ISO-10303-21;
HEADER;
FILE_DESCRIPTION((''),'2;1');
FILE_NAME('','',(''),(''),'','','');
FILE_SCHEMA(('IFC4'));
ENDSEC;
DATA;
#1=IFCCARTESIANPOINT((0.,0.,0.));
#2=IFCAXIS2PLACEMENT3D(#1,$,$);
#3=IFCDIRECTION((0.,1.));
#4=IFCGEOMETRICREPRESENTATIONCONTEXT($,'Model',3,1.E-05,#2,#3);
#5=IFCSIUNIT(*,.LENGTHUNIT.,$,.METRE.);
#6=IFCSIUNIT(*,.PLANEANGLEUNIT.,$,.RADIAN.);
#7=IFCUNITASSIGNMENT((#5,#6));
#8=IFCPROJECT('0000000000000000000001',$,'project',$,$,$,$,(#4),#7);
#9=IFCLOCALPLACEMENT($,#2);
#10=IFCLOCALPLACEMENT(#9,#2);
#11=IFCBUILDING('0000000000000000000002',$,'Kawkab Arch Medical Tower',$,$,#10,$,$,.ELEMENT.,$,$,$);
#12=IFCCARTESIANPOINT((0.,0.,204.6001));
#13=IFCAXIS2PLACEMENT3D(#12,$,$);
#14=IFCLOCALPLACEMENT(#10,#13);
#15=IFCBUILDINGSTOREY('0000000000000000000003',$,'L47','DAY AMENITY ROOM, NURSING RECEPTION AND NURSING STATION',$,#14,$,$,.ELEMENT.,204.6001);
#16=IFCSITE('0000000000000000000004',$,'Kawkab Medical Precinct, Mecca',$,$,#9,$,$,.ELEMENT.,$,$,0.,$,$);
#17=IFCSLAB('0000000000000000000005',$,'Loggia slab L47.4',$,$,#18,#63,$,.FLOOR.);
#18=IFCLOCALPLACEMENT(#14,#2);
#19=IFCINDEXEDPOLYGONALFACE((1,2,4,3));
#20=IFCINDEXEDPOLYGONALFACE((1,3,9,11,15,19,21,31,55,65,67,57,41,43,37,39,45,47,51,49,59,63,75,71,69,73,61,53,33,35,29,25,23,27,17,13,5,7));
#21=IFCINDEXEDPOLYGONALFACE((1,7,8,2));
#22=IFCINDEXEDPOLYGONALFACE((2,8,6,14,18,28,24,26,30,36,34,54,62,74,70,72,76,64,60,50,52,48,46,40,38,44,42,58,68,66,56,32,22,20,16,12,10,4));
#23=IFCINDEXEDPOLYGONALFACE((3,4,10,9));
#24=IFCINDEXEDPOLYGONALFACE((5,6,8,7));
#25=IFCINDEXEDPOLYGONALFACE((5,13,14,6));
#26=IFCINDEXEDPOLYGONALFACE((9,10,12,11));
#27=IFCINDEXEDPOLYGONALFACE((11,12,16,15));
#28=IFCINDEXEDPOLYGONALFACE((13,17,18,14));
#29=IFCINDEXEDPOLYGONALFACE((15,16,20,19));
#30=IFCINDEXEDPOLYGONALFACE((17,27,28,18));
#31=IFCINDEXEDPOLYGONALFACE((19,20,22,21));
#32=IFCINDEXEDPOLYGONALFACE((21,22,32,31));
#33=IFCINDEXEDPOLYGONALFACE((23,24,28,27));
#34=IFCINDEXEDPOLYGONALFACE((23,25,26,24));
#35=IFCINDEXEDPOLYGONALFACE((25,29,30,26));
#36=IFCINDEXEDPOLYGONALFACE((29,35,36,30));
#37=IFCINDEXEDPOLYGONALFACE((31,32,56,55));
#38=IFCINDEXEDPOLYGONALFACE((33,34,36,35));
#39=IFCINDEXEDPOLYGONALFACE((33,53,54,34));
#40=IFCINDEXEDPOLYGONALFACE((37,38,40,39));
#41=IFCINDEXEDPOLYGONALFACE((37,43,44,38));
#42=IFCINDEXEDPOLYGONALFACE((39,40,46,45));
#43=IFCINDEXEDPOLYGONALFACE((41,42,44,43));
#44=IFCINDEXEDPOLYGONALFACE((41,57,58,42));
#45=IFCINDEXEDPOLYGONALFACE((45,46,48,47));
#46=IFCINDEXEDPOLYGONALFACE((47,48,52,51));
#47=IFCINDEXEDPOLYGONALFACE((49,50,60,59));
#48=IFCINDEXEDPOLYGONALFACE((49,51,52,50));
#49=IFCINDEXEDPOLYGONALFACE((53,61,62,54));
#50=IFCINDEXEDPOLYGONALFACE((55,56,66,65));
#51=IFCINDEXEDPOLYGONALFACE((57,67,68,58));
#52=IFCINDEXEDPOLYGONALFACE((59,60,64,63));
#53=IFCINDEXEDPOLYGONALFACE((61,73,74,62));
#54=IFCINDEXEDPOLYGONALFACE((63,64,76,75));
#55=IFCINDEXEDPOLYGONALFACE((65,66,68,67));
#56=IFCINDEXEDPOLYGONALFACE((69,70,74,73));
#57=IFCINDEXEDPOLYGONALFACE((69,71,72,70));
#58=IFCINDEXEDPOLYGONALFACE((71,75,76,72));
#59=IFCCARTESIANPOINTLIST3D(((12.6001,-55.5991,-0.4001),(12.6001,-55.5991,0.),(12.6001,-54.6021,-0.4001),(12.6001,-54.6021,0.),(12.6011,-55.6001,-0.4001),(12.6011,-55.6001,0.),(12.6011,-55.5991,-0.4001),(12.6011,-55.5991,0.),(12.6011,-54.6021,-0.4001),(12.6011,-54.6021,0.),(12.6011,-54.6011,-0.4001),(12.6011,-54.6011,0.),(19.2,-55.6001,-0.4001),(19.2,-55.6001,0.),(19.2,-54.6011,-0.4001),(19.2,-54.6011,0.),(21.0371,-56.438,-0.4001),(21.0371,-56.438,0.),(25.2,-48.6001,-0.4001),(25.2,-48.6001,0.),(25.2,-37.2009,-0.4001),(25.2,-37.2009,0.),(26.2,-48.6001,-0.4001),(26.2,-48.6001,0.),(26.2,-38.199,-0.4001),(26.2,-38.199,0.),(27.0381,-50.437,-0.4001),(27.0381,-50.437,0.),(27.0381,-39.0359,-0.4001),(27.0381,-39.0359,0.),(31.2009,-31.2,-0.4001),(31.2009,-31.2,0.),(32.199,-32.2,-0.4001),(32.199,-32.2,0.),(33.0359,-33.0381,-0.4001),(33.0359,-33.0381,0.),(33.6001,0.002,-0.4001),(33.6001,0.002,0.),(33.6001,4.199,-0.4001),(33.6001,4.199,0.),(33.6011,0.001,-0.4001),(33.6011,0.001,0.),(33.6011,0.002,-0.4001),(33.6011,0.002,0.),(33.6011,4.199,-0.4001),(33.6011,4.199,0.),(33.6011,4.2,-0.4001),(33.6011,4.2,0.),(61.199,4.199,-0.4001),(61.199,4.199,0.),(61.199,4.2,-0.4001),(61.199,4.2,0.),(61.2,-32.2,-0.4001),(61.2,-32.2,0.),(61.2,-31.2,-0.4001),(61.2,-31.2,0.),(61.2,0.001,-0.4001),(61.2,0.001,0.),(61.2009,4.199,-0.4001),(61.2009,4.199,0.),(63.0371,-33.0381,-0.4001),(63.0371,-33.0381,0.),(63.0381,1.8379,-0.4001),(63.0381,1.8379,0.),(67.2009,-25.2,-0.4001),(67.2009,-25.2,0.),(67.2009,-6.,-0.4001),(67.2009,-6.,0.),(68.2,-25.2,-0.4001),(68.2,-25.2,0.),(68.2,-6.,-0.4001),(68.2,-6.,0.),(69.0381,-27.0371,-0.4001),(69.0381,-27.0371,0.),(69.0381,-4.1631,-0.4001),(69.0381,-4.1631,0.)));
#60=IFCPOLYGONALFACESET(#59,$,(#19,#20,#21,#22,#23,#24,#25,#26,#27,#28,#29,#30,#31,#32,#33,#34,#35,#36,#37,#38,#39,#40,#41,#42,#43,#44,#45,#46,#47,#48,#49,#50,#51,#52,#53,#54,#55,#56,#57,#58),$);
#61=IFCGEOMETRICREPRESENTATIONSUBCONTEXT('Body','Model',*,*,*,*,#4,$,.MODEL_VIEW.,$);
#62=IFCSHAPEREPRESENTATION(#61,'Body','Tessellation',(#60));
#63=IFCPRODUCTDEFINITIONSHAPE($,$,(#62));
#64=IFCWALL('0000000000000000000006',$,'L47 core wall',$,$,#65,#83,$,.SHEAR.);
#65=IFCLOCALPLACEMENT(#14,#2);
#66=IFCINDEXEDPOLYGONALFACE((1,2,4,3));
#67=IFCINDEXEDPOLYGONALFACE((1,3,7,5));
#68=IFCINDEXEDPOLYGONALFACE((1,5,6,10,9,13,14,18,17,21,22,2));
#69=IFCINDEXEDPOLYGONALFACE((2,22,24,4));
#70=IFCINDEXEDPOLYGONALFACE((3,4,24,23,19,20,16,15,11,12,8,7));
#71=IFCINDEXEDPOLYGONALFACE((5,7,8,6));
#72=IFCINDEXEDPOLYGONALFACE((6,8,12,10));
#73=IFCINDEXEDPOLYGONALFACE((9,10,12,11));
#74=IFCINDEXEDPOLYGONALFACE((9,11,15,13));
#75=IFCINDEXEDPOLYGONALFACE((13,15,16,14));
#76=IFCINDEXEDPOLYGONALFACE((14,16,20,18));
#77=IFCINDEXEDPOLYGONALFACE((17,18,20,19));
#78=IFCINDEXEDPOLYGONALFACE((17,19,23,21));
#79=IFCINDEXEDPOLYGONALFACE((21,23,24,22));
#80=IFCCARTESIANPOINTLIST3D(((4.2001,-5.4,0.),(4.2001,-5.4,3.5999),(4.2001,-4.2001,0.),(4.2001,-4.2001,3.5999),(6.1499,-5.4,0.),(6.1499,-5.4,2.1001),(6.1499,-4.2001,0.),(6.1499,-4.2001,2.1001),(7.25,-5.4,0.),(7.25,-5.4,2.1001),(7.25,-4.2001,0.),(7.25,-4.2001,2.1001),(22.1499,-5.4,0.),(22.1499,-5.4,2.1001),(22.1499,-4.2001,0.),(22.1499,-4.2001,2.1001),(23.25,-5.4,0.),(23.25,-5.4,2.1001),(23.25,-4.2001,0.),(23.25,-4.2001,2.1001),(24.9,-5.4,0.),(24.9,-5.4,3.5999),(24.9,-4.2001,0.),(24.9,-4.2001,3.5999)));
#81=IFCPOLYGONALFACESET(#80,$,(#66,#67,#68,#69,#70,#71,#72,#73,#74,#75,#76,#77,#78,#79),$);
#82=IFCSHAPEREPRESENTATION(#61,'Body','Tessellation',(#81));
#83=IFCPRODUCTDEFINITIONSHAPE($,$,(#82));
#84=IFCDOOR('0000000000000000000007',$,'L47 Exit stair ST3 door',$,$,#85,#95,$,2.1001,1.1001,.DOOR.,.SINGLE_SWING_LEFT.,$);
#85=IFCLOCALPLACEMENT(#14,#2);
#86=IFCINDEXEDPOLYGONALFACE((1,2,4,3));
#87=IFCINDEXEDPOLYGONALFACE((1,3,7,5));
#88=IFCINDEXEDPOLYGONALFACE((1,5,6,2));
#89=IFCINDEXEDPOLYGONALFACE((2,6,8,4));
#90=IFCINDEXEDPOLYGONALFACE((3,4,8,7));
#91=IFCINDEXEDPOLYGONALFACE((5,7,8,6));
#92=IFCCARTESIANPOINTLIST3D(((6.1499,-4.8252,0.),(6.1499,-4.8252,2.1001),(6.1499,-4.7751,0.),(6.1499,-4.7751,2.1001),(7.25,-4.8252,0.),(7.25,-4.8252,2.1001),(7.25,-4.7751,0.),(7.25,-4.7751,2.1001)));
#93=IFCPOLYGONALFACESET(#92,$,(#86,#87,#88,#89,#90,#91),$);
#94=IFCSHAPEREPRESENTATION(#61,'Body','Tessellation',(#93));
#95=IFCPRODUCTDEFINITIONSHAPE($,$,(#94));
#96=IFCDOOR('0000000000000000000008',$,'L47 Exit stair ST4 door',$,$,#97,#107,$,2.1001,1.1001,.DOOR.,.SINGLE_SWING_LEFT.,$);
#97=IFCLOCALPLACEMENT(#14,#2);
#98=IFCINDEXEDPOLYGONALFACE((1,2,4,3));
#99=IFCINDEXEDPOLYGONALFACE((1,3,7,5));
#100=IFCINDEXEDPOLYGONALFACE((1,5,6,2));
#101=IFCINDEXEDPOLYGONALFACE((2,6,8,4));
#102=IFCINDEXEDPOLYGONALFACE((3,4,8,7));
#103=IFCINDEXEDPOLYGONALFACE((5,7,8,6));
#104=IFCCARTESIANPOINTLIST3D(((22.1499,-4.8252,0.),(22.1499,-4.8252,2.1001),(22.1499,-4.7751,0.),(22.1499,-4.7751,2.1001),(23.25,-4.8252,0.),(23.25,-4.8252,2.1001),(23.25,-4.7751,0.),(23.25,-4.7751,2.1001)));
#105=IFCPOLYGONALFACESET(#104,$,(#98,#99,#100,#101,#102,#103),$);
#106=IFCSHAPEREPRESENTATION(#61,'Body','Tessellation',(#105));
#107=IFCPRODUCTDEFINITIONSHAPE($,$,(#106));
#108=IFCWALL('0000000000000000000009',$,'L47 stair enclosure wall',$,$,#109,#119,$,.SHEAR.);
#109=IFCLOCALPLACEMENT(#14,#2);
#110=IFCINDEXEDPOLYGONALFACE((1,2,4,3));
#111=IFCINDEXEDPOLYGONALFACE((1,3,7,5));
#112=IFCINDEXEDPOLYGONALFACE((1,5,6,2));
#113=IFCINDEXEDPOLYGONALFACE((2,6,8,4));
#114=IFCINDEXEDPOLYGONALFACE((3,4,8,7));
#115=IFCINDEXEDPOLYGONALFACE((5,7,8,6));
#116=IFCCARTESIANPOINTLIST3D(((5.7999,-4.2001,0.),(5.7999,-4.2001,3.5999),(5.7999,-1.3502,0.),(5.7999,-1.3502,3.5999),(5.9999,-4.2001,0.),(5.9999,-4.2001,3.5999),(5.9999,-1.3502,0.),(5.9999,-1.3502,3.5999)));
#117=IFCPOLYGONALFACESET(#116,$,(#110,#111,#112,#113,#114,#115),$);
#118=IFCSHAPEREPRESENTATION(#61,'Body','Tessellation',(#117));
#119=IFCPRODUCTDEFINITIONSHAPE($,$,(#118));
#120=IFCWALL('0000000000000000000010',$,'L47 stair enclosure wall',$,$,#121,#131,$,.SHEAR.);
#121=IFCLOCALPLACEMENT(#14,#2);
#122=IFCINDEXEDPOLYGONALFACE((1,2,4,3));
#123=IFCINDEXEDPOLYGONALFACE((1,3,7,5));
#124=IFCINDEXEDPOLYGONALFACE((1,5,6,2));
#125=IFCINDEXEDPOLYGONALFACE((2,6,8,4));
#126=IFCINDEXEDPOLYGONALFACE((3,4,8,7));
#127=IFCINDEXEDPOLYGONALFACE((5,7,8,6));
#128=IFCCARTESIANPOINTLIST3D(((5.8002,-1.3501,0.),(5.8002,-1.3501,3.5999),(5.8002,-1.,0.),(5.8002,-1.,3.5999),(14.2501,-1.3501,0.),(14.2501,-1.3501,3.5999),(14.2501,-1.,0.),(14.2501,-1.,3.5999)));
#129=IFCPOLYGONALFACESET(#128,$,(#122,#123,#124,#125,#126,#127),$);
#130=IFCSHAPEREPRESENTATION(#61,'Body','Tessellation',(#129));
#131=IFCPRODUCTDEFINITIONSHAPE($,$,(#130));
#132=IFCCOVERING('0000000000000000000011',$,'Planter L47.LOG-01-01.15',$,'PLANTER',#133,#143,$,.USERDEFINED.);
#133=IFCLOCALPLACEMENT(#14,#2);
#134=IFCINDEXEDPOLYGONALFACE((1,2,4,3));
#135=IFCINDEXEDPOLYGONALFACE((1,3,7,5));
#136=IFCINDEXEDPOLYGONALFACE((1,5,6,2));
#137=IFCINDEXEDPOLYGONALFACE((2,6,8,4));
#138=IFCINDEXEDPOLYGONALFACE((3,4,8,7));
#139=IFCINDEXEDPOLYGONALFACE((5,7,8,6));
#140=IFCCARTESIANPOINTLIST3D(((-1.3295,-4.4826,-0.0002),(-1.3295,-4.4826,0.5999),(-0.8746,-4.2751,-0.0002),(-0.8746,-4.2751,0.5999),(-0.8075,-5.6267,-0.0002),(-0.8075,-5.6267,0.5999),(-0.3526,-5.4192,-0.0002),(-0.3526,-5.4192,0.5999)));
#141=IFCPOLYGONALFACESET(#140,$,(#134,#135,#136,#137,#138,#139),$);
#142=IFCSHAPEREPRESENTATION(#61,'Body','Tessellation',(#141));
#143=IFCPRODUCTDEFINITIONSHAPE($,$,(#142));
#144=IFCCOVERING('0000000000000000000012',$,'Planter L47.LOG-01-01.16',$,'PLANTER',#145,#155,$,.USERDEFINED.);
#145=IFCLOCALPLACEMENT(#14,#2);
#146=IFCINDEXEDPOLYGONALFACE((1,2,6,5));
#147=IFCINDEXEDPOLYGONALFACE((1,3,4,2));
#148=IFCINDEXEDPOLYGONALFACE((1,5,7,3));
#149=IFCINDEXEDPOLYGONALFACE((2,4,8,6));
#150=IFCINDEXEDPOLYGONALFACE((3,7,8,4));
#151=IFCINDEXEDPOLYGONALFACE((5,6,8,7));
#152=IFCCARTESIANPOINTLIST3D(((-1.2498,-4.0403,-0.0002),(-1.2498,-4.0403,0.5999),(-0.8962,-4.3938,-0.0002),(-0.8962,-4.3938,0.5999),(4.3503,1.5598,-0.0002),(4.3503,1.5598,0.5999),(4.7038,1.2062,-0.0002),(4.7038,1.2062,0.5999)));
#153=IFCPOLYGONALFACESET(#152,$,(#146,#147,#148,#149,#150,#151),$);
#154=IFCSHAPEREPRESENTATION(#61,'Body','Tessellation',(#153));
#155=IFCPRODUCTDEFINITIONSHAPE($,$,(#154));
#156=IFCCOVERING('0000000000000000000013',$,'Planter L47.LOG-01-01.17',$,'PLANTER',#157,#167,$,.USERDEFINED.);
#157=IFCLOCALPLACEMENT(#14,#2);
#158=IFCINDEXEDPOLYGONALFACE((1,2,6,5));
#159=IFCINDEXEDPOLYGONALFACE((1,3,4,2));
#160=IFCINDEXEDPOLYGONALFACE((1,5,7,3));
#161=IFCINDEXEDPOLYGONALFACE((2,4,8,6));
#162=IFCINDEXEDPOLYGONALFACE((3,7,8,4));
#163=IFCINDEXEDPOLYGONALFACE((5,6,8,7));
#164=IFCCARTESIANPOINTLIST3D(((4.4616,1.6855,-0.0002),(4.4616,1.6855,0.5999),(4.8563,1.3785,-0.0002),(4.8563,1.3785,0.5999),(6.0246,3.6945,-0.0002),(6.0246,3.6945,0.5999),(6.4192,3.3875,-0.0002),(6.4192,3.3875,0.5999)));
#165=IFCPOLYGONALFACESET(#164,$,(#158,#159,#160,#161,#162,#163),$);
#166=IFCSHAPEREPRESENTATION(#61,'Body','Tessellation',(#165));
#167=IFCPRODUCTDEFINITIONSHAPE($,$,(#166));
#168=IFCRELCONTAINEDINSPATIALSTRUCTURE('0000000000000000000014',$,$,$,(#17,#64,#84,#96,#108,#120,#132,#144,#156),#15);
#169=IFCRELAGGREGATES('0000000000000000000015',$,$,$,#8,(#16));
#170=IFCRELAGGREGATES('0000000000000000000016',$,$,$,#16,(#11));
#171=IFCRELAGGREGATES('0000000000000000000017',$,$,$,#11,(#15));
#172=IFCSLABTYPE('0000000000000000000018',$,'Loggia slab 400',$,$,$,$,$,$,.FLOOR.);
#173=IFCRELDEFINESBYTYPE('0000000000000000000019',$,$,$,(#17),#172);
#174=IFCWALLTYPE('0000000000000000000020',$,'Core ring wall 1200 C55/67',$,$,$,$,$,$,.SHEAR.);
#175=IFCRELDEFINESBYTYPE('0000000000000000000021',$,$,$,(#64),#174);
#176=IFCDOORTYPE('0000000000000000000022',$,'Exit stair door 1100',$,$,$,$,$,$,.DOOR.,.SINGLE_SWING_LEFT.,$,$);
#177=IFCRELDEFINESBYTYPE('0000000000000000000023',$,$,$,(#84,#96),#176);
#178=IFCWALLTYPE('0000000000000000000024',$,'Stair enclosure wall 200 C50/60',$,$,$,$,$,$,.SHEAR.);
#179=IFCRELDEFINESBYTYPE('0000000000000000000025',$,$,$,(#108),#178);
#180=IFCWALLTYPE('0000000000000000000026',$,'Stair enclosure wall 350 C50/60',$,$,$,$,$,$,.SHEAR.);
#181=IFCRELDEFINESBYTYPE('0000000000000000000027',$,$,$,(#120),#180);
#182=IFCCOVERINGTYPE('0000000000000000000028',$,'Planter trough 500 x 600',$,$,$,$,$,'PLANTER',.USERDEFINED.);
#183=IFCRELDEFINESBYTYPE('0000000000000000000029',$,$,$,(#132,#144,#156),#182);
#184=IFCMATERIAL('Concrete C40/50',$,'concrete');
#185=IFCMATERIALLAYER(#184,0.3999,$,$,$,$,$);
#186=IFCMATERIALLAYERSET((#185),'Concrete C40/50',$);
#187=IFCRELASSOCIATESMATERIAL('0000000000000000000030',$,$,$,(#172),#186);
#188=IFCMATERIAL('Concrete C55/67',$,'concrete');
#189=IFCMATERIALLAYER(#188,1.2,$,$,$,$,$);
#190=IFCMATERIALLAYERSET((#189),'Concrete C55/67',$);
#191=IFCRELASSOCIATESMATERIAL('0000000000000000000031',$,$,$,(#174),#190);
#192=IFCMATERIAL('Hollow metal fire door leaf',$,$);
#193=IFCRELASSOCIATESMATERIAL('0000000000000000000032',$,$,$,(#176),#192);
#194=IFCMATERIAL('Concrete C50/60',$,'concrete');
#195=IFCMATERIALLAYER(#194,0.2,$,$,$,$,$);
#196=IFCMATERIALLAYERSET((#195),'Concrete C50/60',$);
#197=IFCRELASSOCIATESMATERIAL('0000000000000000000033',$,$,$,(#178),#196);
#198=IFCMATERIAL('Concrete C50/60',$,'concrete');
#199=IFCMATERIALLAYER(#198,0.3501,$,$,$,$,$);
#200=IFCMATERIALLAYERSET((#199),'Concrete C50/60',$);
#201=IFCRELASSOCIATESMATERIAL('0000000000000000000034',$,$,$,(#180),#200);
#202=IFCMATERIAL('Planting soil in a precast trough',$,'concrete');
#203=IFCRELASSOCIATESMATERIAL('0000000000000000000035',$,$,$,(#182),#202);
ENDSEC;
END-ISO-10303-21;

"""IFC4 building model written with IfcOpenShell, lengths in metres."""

from ifc_helpers import new_model, si_unit, direction, frame, frame_2d, origin, origin_2d, place, context, subcontext, project, spatial, polyline, rectangle, outline, extrude, material, layer, layer_set, material_profile, profile_set, type_object, element, fill, save


model = new_model("IFC4")

# Units and contexts
model_context = context("Model", 3, precision=1e-05, world=origin(), true_north=direction((0.0, 1.0)))
body_context = subcontext(model_context, "Body", "Model", "MODEL_VIEW")
ifc_project = project(units=[si_unit("LENGTHUNIT", "METRE"), si_unit("PLANEANGLEUNIT", "RADIAN")], contexts=[model_context])

# Site, building, storey
site_placement = place(None, origin())
site = spatial("IfcSite", under=ifc_project, at=site_placement, Name="Kawkab Medical Precinct, Mecca", CompositionType="ELEMENT", RefElevation=0.0)
building_placement = place(site_placement, origin())
building = spatial("IfcBuilding", under=site, at=building_placement, Name="Kawkab Arch Medical Tower", CompositionType="ELEMENT")
storey_placement = place(building_placement, frame((0.0, 0.0, 204.6001)))
storey = spatial("IfcBuildingStorey", under=building, at=storey_placement, Name="L47", Description="DAY AMENITY ROOM, NURSING RECEPTION AND NURSING STATION", CompositionType="ELEMENT", Elevation=204.6001)

# Slab
ifc_material_1 = material(Name="Concrete C40/50", Category="concrete")
ifc_layer_1 = layer(ifc_material_1, 0.3999)
ifc_layer_set_1 = layer_set([ifc_layer_1], Name="Concrete C40/50")
slab_type_1 = type_object("IfcSlabType", Name="Loggia slab 400", PredefinedType="FLOOR", material=ifc_layer_set_1)
placement_1 = place(storey_placement, frame((0.0, 0.0, -0.4001)))
element("IfcSlab", 1, at=placement_1, inside=storey, type_object=slab_type_1, Name="Loggia slab L47.4", PredefinedType="FLOOR", context=body_context, shape_type="SweptSolid", body=[
    extrude(outline(polyline([(12.6011, -55.6001), (12.6011, -55.5991), (12.6001, -55.5991), (12.6001, -54.6021), (12.6011, -54.6021), (12.6011, -54.6011), (19.2, -54.6011), (25.2, -48.6001), (25.2, -37.2009), (31.2009, -31.2), (61.2, -31.2), (67.2009, -25.2), (67.2009, -6.0), (61.2, 0.001), (33.6011, 0.001), (33.6011, 0.002), (33.6001, 0.002), (33.6001, 4.199), (33.6011, 4.199), (33.6011, 4.2), (61.199, 4.2), (61.199, 4.199), (61.2009, 4.199), (63.0381, 1.8379), (69.0381, -4.1631), (68.2, -6.0), (68.2, -25.2), (69.0381, -27.0371), (63.0371, -33.0381), (61.2, -32.2), (32.199, -32.2), (33.0359, -33.0381), (27.0381, -39.0359), (26.2, -38.199), (26.2, -48.6001), (27.0381, -50.437), (21.0371, -56.438), (19.2, -55.6001), (12.6011, -55.6001)])), origin(), (0.0, 0.0, 1.0), 0.4001),
])

# Wall, openings, doors
ifc_material_2 = material(Name="Concrete C55/67", Category="concrete")
ifc_layer_2 = layer(ifc_material_2, 1.2)
ifc_layer_set_2 = layer_set([ifc_layer_2], Name="Concrete C55/67")
wall_type_1 = type_object("IfcWallType", Name="Core ring wall 1200 C55/67", PredefinedType="SHEAR", material=ifc_layer_set_2)
wall_1_placement = place(storey_placement, frame((4.2, -4.8, 0.0), z_axis=(0.0, 0.0, 1.0), x_axis=(1.0, 0.0, 0.0)))
wall_1 = element("IfcWall", 2, at=wall_1_placement, inside=storey, type_object=wall_type_1, Name="L47 core wall", PredefinedType="SHEAR", context=body_context, shape_type="SweptSolid", body=[
    extrude(rectangle(XDim=20.7, YDim=1.2, at=frame_2d((10.3501, 0.0))), origin(), (0.0, 0.0, 1.0), 3.5999),
])
opening_1_placement = place(wall_1_placement, frame((1.95, 0.0, 0.0)))
opening_1 = element("IfcOpeningElement", 3, at=opening_1_placement, cuts=wall_1, PredefinedType="OPENING", context=body_context, shape_type="SweptSolid", body=[
    extrude(rectangle(XDim=1.1001, YDim=2.1001, at=frame_2d((0.55, 1.05))), frame((0.0, 0.6099, 0.0), z_axis=(0.0, -1.0, 0.0), x_axis=(1.0, 0.0, 0.0)), (0.0, 0.0, 1.0), 1.22),
])
opening_2_placement = place(wall_1_placement, frame((17.95, 0.0, 0.0)))
opening_2 = element("IfcOpeningElement", 4, at=opening_2_placement, cuts=wall_1, PredefinedType="OPENING", context=body_context, shape_type="SweptSolid", body=[
    extrude(rectangle(XDim=1.1001, YDim=2.1001, at=frame_2d((0.55, 1.05))), frame((0.0, 0.6099, 0.0), z_axis=(0.0, -1.0, 0.0), x_axis=(1.0, 0.0, 0.0)), (0.0, 0.0, 1.0), 1.22),
])
ifc_material_3 = material(Name="Hollow metal fire door leaf")
door_type = type_object("IfcDoorType", Name="Exit stair door 1100", OperationType="SINGLE_SWING_LEFT", PredefinedType="DOOR", material=ifc_material_3)
door_1_placement = place(opening_1_placement, origin())
door_1 = element("IfcDoor", 5, at=door_1_placement, inside=storey, type_object=door_type, Name="L47 Exit stair ST3 door", OperationType="SINGLE_SWING_LEFT", OverallHeight=2.1001, OverallWidth=1.1001, PredefinedType="DOOR", context=body_context, shape_type="SweptSolid", body=[
    extrude(rectangle(XDim=1.1001, YDim=2.1001, at=frame_2d((0.55, 1.05))), frame((0.0, 0.0249, 0.0), z_axis=(0.0, -1.0, 0.0), x_axis=(1.0, 0.0, 0.0)), (0.0, 0.0, 1.0), 0.05),
])
fill(opening_1, door_1)
door_2_placement = place(opening_2_placement, origin())
door_2 = element("IfcDoor", 6, at=door_2_placement, inside=storey, type_object=door_type, Name="L47 Exit stair ST4 door", OperationType="SINGLE_SWING_LEFT", OverallHeight=2.1001, OverallWidth=1.1001, PredefinedType="DOOR", context=body_context, shape_type="SweptSolid", body=[
    extrude(rectangle(XDim=1.1001, YDim=2.1001, at=frame_2d((0.55, 1.05))), frame((0.0, 0.0249, 0.0), z_axis=(0.0, -1.0, 0.0), x_axis=(1.0, 0.0, 0.0)), (0.0, 0.0, 1.0), 0.05),
])
fill(opening_2, door_2)

# Walls
ifc_material_4 = material(Name="Concrete C50/60", Category="concrete")
ifc_layer_3 = layer(ifc_material_4, 0.2)
ifc_layer_set_3 = layer_set([ifc_layer_3], Name="Concrete C50/60")
wall_type_2 = type_object("IfcWallType", Name="Stair enclosure wall 200 C50/60", PredefinedType="SHEAR", material=ifc_layer_set_3)
wall_2_placement = place(storey_placement, frame((5.8999, -4.2, 0.0), z_axis=(0.0, 0.0, 1.0), x_axis=(0.0, 1.0, 0.0)))
element("IfcWall", 7, at=wall_2_placement, inside=storey, type_object=wall_type_2, Name="L47 stair enclosure wall", PredefinedType="SHEAR", context=body_context, shape_type="SweptSolid", body=[
    extrude(rectangle(XDim=2.8499, YDim=0.2, at=frame_2d((1.4248, 0.0))), origin(), (0.0, 0.0, 1.0), 3.5999),
])
ifc_material_5 = material(Name="Concrete C50/60", Category="concrete")
ifc_layer_4 = layer(ifc_material_5, 0.3501)
ifc_layer_set_4 = layer_set([ifc_layer_4], Name="Concrete C50/60")
wall_type_3 = type_object("IfcWallType", Name="Stair enclosure wall 350 C50/60", PredefinedType="SHEAR", material=ifc_layer_set_4)
wall_3_placement = place(storey_placement, frame((5.8, -1.175, 0.0), z_axis=(0.0, 0.0, 1.0), x_axis=(1.0, 0.0, 0.0)))
element("IfcWall", 8, at=wall_3_placement, inside=storey, type_object=wall_type_3, Name="L47 stair enclosure wall", PredefinedType="SHEAR", context=body_context, shape_type="SweptSolid", body=[
    extrude(rectangle(XDim=8.45, YDim=0.3501, at=frame_2d((4.2251, 0.0))), origin(), (0.0, 0.0, 1.0), 3.5999),
])

# Coverings
ifc_material_6 = material(Name="Planting soil in a precast trough", Category="concrete")
ifc_material_profile_1 = material_profile(ifc_material_6, rectangle(XDim=0.5, YDim=0.6001, at=origin_2d()), Name="Trough 500x600")
ifc_profile_set_1 = profile_set([ifc_material_profile_1], Name="Planting soil in a precast trough")
covering_type = type_object("IfcCoveringType", Name="Planter trough 500 x 600", ElementType="PLANTER", PredefinedType="USERDEFINED", material=ifc_profile_set_1)
covering_1_placement = place(storey_placement, frame((-0.5801, -5.5229, 0.2998), z_axis=(-0.41509, 0.90978, 0.0), x_axis=(-0.90978, -0.41509, 0.0)))
element("IfcCovering", 9, at=covering_1_placement, inside=storey, type_object=covering_type, Name="Planter L47.LOG-01-01.15", ObjectType="PLANTER", PredefinedType="USERDEFINED", context=body_context, shape_type="SweptSolid", body=[
    extrude(rectangle(XDim=0.5, YDim=0.6001, at=origin_2d()), origin(), (0.0, 0.0, 1.0), 1.2576),
])
covering_2_placement = place(storey_placement, frame((-1.073, -4.217, 0.2998), z_axis=(0.707107, 0.707107, 0.0), x_axis=(-0.707107, 0.707107, 0.0)))
element("IfcCovering", 10, at=covering_2_placement, inside=storey, type_object=covering_type, Name="Planter L47.LOG-01-01.16", ObjectType="PLANTER", PredefinedType="USERDEFINED", context=body_context, shape_type="SweptSolid", body=[
    extrude(rectangle(XDim=0.5, YDim=0.6001, at=origin_2d()), origin(), (0.0, 0.0, 1.0), 7.9197),
])
covering_3_placement = place(storey_placement, frame((4.6589, 1.532, 0.2998), z_axis=(0.61404, 0.789275, 0.0), x_axis=(-0.789275, 0.61404, 0.0)))
element("IfcCovering", 11, at=covering_3_placement, inside=storey, type_object=covering_type, Name="Planter L47.LOG-01-01.17", ObjectType="PLANTER", PredefinedType="USERDEFINED", context=body_context, shape_type="SweptSolid", body=[
    extrude(rectangle(XDim=0.5, YDim=0.6001, at=origin_2d()), origin(), (0.0, 0.0, 1.0), 2.5454),
])

save(model, "model.ifc")
